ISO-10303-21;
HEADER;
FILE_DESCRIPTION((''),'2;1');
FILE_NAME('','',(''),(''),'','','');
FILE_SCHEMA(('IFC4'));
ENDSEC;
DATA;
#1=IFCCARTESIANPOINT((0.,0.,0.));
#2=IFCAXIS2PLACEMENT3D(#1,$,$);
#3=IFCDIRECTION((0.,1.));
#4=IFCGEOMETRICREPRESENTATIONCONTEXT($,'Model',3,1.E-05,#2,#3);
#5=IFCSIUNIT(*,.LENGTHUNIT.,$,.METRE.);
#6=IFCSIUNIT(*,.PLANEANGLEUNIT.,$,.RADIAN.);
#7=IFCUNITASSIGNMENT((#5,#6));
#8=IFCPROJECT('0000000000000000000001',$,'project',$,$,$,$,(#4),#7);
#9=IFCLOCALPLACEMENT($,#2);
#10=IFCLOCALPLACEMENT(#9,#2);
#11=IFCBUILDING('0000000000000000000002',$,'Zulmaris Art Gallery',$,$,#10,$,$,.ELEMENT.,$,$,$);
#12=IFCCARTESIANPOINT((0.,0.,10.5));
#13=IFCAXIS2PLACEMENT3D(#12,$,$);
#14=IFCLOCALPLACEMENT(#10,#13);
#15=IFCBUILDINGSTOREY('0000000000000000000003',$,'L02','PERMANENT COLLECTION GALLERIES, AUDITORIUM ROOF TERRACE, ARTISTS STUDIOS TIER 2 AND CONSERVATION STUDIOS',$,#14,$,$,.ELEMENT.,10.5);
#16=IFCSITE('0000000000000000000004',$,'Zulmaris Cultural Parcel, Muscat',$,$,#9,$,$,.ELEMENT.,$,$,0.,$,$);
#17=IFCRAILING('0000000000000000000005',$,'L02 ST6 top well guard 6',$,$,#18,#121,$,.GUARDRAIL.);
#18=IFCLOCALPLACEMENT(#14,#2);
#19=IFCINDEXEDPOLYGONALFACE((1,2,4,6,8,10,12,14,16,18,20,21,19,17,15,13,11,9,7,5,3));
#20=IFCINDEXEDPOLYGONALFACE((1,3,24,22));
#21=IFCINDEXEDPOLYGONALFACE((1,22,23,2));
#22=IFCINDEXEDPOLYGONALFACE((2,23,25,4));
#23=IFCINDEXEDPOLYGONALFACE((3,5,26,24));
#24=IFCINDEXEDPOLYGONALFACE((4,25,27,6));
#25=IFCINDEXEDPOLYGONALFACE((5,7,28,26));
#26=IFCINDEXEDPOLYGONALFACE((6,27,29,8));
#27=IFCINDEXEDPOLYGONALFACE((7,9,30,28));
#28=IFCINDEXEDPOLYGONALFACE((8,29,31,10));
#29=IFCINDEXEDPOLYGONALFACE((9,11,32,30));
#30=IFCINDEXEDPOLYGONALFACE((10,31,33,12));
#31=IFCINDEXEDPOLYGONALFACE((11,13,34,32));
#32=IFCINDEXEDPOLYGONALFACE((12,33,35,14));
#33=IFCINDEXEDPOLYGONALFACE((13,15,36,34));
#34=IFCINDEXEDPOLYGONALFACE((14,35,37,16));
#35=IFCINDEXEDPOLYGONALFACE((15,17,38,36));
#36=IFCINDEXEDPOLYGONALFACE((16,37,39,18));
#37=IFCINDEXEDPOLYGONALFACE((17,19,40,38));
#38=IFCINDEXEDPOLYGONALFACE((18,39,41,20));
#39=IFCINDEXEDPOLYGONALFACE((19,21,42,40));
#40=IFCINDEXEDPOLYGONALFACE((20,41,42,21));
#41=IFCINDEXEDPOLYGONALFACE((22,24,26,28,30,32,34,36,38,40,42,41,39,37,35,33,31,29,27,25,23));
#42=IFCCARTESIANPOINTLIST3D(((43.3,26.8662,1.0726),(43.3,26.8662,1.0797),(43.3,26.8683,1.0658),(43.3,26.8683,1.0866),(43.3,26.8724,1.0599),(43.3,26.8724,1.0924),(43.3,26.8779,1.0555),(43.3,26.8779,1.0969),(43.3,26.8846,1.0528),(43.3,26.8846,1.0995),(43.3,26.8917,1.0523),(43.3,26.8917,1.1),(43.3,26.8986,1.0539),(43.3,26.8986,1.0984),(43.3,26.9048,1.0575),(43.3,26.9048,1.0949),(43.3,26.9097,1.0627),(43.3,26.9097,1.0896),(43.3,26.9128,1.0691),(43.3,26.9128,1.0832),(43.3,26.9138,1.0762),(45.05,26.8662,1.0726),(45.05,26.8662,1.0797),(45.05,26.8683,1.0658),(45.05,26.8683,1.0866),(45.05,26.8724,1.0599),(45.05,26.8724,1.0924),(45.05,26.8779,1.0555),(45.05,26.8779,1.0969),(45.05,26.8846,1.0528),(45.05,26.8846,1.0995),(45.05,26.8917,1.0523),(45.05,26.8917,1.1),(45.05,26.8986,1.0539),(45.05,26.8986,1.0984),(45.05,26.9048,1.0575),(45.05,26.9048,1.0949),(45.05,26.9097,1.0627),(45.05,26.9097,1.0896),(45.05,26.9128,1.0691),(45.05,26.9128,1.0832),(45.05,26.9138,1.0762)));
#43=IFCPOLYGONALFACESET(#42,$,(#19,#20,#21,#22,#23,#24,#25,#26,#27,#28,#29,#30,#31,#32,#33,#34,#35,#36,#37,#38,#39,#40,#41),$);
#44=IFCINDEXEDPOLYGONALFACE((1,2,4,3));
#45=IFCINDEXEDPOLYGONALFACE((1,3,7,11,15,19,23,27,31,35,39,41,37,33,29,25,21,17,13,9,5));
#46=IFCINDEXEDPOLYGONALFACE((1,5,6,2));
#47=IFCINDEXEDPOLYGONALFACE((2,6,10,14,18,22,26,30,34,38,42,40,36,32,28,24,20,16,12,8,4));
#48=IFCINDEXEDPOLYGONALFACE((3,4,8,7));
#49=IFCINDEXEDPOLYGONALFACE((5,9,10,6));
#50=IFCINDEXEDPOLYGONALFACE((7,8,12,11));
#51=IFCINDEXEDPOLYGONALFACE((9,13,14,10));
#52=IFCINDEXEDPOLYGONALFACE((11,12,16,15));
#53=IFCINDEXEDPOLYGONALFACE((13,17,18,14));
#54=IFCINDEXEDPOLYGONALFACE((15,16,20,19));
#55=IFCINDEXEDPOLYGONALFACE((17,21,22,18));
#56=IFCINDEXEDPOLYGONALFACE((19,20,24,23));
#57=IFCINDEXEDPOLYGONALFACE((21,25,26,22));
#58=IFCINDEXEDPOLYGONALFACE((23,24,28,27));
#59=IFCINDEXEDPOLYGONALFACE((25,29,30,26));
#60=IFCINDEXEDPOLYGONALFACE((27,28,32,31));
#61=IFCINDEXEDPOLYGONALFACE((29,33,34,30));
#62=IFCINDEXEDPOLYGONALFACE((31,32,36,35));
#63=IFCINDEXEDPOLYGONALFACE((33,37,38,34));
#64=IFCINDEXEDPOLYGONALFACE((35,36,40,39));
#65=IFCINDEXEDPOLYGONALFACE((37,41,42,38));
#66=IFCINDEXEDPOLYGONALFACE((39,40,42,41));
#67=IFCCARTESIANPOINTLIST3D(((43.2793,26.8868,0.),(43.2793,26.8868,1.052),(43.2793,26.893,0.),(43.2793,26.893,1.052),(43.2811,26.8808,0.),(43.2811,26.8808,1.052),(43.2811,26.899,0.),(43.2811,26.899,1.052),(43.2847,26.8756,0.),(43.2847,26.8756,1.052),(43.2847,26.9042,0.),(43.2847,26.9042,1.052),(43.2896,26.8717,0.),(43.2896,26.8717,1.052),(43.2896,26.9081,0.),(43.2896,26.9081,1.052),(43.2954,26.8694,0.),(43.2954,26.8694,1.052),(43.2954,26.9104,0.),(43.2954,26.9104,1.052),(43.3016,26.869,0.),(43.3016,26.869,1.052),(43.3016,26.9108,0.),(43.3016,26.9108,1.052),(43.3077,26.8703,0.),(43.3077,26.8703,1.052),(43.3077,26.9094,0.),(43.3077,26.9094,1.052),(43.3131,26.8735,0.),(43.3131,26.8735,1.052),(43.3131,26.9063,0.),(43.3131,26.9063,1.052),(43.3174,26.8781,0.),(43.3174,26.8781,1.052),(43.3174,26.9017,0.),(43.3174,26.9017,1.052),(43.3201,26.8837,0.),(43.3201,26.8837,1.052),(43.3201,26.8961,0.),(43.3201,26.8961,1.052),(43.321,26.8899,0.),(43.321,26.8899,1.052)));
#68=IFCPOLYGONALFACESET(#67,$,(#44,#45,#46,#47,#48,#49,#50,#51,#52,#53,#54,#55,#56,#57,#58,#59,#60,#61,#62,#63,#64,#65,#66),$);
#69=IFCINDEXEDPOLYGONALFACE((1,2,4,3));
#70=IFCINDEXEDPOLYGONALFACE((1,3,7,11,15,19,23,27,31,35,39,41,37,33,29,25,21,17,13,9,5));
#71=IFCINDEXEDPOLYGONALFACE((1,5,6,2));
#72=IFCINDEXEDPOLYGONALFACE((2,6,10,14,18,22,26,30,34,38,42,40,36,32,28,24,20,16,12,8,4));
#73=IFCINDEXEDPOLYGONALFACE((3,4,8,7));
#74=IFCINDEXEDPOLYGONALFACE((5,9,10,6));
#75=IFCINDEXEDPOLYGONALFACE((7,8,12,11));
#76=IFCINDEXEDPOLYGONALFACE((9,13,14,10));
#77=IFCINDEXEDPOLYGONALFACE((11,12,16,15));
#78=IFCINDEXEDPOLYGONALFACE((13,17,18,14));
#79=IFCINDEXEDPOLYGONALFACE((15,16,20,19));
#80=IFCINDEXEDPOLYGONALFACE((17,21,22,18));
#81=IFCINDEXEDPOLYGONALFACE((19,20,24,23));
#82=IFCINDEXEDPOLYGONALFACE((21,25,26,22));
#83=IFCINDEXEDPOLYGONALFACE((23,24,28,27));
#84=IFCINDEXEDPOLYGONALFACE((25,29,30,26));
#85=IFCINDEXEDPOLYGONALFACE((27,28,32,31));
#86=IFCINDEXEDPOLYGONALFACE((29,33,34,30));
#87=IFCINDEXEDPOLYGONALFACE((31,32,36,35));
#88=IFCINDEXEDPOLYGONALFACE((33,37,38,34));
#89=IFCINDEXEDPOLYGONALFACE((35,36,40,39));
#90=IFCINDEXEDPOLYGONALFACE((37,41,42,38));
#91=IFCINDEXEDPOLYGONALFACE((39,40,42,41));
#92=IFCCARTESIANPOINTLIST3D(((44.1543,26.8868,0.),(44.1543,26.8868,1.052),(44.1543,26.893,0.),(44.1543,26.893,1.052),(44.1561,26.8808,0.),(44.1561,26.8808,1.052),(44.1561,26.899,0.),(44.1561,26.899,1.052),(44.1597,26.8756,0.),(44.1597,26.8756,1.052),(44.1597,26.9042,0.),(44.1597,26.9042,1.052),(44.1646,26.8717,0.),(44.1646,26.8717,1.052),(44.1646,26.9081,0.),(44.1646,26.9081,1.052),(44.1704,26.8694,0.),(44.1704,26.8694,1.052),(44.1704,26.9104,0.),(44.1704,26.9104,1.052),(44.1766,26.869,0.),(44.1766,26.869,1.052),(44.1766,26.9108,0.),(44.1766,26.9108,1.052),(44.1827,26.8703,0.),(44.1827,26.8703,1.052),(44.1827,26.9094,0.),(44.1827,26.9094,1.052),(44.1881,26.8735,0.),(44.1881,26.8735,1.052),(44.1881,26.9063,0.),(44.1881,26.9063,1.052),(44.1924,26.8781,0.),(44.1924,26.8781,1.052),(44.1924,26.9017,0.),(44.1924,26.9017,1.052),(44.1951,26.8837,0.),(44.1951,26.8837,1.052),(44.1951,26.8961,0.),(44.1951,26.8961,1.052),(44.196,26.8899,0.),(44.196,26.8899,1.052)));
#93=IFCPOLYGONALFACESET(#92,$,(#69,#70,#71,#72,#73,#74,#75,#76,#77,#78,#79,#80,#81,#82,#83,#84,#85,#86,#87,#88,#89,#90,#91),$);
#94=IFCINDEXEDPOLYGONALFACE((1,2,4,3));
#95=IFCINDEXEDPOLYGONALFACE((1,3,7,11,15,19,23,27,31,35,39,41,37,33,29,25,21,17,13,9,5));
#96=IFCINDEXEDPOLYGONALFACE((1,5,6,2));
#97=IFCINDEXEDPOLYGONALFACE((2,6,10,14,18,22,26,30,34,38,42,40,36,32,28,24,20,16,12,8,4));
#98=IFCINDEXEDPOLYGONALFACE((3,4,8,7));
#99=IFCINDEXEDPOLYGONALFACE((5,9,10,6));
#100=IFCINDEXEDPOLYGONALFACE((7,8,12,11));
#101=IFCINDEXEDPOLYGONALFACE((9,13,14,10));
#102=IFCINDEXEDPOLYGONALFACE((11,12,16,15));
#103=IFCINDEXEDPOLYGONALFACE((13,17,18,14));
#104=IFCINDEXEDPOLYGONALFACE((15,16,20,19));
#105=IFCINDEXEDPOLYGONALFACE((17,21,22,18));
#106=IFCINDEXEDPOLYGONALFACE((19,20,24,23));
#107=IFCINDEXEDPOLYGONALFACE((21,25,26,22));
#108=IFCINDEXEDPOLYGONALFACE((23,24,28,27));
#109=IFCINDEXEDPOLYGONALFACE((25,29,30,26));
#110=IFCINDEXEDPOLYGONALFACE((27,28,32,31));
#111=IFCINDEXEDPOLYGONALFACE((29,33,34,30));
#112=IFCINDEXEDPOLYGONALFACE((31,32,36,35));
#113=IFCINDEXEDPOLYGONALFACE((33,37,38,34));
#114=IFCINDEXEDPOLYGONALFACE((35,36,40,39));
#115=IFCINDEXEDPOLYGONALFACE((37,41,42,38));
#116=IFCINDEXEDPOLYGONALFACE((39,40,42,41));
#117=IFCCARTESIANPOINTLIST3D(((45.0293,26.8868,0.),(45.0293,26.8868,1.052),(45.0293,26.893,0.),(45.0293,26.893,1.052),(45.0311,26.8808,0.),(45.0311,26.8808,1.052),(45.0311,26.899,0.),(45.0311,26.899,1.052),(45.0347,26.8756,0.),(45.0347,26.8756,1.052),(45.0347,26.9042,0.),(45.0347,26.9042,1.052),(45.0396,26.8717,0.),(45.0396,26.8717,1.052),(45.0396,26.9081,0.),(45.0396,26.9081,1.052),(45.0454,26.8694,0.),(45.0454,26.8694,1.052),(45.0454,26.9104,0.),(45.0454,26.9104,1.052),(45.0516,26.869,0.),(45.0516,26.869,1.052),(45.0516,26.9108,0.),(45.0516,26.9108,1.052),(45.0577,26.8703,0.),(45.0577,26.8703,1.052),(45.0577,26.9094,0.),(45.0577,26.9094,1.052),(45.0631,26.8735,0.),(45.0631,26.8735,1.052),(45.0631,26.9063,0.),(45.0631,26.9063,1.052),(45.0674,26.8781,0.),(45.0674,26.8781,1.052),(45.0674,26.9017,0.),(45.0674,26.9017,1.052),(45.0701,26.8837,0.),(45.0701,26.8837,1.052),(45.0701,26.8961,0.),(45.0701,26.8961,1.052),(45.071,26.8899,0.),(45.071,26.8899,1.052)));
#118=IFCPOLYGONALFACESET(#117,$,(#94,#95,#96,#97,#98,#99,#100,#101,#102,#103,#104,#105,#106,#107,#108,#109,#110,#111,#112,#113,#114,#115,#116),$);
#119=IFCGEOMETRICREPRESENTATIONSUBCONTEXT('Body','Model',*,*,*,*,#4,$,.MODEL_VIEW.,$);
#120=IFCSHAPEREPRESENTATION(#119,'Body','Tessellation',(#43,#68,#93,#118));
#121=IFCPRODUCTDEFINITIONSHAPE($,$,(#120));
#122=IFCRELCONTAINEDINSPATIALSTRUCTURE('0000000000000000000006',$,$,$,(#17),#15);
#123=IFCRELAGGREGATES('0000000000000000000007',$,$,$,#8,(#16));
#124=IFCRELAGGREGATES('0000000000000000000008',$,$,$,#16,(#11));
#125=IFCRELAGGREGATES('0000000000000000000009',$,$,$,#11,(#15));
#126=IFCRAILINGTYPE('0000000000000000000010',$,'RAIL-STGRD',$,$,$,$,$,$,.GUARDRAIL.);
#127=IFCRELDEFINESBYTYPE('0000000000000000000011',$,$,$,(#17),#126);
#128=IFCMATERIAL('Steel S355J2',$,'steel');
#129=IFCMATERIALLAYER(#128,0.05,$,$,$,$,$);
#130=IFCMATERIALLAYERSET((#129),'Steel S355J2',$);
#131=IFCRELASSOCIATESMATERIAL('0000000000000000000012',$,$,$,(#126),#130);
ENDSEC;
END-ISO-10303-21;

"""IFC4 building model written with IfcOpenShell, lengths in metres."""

from ifc_helpers import new_model, si_unit, direction, frame, origin, origin_2d, place, context, subcontext, project, spatial, circle, extrude, material, layer, layer_set, type_object, element, save


model = new_model("IFC4")

# Units and contexts
model_context = context("Model", 3, precision=1e-05, world=origin(), true_north=direction((0.0, 1.0)))
body_context = subcontext(model_context, "Body", "Model", "MODEL_VIEW")
ifc_project = project(units=[si_unit("LENGTHUNIT", "METRE"), si_unit("PLANEANGLEUNIT", "RADIAN")], contexts=[model_context])

# Site, building, storey
site_placement = place(None, origin())
site = spatial("IfcSite", under=ifc_project, at=site_placement, Name="Zulmaris Cultural Parcel, Muscat", CompositionType="ELEMENT", RefElevation=0.0)
building_placement = place(site_placement, origin())
building = spatial("IfcBuilding", under=site, at=building_placement, Name="Zulmaris Art Gallery", CompositionType="ELEMENT")
storey_placement = place(building_placement, frame((0.0, 0.0, 10.5)))
storey = spatial("IfcBuildingStorey", under=building, at=storey_placement, Name="L02", Description="PERMANENT COLLECTION GALLERIES, AUDITORIUM ROOF TERRACE, ARTISTS STUDIOS TIER 2 AND CONSERVATION STUDIOS", CompositionType="ELEMENT", Elevation=10.5)

# Shared definitions
ifc_material_1 = material(Name="Steel S355J2", Category="steel")

# Railing
ifc_layer_1 = layer(ifc_material_1, 0.05)
ifc_layer_set_1 = layer_set([ifc_layer_1], Name="Steel S355J2")
railing_type = type_object("IfcRailingType", Name="RAIL-STGRD", PredefinedType="GUARDRAIL", material=ifc_layer_set_1)
for number, where, name in (
    (1, (43.3, 26.8899, 0.0), "L02 ST6 top well guard 6"),
):
    element("IfcRailing", number, at=place(storey_placement, frame(where)), inside=storey, type_object=railing_type, Name=name, PredefinedType="GUARDRAIL", context=body_context, shape_type="SweptSolid", body=[
        extrude(circle(Radius=0.0239, at=origin_2d()), frame((0.0, 0.0, 1.0762), z_axis=(1.0, 0.0, 0.0), x_axis=(0.0, 1.0, 0.0)), (0.0, 0.0, 1.0), 1.75),
        extrude(circle(Radius=0.021, at=origin_2d()), origin(), (0.0, 0.0, 1.0), 1.052),
        extrude(circle(Radius=0.021, at=origin_2d()), frame((0.875, 0.0, 0.0)), (0.0, 0.0, 1.0), 1.052),
        extrude(circle(Radius=0.021, at=origin_2d()), frame((1.75, 0.0, 0.0)), (0.0, 0.0, 1.0), 1.052),
    ])

save(model, "model.ifc")
